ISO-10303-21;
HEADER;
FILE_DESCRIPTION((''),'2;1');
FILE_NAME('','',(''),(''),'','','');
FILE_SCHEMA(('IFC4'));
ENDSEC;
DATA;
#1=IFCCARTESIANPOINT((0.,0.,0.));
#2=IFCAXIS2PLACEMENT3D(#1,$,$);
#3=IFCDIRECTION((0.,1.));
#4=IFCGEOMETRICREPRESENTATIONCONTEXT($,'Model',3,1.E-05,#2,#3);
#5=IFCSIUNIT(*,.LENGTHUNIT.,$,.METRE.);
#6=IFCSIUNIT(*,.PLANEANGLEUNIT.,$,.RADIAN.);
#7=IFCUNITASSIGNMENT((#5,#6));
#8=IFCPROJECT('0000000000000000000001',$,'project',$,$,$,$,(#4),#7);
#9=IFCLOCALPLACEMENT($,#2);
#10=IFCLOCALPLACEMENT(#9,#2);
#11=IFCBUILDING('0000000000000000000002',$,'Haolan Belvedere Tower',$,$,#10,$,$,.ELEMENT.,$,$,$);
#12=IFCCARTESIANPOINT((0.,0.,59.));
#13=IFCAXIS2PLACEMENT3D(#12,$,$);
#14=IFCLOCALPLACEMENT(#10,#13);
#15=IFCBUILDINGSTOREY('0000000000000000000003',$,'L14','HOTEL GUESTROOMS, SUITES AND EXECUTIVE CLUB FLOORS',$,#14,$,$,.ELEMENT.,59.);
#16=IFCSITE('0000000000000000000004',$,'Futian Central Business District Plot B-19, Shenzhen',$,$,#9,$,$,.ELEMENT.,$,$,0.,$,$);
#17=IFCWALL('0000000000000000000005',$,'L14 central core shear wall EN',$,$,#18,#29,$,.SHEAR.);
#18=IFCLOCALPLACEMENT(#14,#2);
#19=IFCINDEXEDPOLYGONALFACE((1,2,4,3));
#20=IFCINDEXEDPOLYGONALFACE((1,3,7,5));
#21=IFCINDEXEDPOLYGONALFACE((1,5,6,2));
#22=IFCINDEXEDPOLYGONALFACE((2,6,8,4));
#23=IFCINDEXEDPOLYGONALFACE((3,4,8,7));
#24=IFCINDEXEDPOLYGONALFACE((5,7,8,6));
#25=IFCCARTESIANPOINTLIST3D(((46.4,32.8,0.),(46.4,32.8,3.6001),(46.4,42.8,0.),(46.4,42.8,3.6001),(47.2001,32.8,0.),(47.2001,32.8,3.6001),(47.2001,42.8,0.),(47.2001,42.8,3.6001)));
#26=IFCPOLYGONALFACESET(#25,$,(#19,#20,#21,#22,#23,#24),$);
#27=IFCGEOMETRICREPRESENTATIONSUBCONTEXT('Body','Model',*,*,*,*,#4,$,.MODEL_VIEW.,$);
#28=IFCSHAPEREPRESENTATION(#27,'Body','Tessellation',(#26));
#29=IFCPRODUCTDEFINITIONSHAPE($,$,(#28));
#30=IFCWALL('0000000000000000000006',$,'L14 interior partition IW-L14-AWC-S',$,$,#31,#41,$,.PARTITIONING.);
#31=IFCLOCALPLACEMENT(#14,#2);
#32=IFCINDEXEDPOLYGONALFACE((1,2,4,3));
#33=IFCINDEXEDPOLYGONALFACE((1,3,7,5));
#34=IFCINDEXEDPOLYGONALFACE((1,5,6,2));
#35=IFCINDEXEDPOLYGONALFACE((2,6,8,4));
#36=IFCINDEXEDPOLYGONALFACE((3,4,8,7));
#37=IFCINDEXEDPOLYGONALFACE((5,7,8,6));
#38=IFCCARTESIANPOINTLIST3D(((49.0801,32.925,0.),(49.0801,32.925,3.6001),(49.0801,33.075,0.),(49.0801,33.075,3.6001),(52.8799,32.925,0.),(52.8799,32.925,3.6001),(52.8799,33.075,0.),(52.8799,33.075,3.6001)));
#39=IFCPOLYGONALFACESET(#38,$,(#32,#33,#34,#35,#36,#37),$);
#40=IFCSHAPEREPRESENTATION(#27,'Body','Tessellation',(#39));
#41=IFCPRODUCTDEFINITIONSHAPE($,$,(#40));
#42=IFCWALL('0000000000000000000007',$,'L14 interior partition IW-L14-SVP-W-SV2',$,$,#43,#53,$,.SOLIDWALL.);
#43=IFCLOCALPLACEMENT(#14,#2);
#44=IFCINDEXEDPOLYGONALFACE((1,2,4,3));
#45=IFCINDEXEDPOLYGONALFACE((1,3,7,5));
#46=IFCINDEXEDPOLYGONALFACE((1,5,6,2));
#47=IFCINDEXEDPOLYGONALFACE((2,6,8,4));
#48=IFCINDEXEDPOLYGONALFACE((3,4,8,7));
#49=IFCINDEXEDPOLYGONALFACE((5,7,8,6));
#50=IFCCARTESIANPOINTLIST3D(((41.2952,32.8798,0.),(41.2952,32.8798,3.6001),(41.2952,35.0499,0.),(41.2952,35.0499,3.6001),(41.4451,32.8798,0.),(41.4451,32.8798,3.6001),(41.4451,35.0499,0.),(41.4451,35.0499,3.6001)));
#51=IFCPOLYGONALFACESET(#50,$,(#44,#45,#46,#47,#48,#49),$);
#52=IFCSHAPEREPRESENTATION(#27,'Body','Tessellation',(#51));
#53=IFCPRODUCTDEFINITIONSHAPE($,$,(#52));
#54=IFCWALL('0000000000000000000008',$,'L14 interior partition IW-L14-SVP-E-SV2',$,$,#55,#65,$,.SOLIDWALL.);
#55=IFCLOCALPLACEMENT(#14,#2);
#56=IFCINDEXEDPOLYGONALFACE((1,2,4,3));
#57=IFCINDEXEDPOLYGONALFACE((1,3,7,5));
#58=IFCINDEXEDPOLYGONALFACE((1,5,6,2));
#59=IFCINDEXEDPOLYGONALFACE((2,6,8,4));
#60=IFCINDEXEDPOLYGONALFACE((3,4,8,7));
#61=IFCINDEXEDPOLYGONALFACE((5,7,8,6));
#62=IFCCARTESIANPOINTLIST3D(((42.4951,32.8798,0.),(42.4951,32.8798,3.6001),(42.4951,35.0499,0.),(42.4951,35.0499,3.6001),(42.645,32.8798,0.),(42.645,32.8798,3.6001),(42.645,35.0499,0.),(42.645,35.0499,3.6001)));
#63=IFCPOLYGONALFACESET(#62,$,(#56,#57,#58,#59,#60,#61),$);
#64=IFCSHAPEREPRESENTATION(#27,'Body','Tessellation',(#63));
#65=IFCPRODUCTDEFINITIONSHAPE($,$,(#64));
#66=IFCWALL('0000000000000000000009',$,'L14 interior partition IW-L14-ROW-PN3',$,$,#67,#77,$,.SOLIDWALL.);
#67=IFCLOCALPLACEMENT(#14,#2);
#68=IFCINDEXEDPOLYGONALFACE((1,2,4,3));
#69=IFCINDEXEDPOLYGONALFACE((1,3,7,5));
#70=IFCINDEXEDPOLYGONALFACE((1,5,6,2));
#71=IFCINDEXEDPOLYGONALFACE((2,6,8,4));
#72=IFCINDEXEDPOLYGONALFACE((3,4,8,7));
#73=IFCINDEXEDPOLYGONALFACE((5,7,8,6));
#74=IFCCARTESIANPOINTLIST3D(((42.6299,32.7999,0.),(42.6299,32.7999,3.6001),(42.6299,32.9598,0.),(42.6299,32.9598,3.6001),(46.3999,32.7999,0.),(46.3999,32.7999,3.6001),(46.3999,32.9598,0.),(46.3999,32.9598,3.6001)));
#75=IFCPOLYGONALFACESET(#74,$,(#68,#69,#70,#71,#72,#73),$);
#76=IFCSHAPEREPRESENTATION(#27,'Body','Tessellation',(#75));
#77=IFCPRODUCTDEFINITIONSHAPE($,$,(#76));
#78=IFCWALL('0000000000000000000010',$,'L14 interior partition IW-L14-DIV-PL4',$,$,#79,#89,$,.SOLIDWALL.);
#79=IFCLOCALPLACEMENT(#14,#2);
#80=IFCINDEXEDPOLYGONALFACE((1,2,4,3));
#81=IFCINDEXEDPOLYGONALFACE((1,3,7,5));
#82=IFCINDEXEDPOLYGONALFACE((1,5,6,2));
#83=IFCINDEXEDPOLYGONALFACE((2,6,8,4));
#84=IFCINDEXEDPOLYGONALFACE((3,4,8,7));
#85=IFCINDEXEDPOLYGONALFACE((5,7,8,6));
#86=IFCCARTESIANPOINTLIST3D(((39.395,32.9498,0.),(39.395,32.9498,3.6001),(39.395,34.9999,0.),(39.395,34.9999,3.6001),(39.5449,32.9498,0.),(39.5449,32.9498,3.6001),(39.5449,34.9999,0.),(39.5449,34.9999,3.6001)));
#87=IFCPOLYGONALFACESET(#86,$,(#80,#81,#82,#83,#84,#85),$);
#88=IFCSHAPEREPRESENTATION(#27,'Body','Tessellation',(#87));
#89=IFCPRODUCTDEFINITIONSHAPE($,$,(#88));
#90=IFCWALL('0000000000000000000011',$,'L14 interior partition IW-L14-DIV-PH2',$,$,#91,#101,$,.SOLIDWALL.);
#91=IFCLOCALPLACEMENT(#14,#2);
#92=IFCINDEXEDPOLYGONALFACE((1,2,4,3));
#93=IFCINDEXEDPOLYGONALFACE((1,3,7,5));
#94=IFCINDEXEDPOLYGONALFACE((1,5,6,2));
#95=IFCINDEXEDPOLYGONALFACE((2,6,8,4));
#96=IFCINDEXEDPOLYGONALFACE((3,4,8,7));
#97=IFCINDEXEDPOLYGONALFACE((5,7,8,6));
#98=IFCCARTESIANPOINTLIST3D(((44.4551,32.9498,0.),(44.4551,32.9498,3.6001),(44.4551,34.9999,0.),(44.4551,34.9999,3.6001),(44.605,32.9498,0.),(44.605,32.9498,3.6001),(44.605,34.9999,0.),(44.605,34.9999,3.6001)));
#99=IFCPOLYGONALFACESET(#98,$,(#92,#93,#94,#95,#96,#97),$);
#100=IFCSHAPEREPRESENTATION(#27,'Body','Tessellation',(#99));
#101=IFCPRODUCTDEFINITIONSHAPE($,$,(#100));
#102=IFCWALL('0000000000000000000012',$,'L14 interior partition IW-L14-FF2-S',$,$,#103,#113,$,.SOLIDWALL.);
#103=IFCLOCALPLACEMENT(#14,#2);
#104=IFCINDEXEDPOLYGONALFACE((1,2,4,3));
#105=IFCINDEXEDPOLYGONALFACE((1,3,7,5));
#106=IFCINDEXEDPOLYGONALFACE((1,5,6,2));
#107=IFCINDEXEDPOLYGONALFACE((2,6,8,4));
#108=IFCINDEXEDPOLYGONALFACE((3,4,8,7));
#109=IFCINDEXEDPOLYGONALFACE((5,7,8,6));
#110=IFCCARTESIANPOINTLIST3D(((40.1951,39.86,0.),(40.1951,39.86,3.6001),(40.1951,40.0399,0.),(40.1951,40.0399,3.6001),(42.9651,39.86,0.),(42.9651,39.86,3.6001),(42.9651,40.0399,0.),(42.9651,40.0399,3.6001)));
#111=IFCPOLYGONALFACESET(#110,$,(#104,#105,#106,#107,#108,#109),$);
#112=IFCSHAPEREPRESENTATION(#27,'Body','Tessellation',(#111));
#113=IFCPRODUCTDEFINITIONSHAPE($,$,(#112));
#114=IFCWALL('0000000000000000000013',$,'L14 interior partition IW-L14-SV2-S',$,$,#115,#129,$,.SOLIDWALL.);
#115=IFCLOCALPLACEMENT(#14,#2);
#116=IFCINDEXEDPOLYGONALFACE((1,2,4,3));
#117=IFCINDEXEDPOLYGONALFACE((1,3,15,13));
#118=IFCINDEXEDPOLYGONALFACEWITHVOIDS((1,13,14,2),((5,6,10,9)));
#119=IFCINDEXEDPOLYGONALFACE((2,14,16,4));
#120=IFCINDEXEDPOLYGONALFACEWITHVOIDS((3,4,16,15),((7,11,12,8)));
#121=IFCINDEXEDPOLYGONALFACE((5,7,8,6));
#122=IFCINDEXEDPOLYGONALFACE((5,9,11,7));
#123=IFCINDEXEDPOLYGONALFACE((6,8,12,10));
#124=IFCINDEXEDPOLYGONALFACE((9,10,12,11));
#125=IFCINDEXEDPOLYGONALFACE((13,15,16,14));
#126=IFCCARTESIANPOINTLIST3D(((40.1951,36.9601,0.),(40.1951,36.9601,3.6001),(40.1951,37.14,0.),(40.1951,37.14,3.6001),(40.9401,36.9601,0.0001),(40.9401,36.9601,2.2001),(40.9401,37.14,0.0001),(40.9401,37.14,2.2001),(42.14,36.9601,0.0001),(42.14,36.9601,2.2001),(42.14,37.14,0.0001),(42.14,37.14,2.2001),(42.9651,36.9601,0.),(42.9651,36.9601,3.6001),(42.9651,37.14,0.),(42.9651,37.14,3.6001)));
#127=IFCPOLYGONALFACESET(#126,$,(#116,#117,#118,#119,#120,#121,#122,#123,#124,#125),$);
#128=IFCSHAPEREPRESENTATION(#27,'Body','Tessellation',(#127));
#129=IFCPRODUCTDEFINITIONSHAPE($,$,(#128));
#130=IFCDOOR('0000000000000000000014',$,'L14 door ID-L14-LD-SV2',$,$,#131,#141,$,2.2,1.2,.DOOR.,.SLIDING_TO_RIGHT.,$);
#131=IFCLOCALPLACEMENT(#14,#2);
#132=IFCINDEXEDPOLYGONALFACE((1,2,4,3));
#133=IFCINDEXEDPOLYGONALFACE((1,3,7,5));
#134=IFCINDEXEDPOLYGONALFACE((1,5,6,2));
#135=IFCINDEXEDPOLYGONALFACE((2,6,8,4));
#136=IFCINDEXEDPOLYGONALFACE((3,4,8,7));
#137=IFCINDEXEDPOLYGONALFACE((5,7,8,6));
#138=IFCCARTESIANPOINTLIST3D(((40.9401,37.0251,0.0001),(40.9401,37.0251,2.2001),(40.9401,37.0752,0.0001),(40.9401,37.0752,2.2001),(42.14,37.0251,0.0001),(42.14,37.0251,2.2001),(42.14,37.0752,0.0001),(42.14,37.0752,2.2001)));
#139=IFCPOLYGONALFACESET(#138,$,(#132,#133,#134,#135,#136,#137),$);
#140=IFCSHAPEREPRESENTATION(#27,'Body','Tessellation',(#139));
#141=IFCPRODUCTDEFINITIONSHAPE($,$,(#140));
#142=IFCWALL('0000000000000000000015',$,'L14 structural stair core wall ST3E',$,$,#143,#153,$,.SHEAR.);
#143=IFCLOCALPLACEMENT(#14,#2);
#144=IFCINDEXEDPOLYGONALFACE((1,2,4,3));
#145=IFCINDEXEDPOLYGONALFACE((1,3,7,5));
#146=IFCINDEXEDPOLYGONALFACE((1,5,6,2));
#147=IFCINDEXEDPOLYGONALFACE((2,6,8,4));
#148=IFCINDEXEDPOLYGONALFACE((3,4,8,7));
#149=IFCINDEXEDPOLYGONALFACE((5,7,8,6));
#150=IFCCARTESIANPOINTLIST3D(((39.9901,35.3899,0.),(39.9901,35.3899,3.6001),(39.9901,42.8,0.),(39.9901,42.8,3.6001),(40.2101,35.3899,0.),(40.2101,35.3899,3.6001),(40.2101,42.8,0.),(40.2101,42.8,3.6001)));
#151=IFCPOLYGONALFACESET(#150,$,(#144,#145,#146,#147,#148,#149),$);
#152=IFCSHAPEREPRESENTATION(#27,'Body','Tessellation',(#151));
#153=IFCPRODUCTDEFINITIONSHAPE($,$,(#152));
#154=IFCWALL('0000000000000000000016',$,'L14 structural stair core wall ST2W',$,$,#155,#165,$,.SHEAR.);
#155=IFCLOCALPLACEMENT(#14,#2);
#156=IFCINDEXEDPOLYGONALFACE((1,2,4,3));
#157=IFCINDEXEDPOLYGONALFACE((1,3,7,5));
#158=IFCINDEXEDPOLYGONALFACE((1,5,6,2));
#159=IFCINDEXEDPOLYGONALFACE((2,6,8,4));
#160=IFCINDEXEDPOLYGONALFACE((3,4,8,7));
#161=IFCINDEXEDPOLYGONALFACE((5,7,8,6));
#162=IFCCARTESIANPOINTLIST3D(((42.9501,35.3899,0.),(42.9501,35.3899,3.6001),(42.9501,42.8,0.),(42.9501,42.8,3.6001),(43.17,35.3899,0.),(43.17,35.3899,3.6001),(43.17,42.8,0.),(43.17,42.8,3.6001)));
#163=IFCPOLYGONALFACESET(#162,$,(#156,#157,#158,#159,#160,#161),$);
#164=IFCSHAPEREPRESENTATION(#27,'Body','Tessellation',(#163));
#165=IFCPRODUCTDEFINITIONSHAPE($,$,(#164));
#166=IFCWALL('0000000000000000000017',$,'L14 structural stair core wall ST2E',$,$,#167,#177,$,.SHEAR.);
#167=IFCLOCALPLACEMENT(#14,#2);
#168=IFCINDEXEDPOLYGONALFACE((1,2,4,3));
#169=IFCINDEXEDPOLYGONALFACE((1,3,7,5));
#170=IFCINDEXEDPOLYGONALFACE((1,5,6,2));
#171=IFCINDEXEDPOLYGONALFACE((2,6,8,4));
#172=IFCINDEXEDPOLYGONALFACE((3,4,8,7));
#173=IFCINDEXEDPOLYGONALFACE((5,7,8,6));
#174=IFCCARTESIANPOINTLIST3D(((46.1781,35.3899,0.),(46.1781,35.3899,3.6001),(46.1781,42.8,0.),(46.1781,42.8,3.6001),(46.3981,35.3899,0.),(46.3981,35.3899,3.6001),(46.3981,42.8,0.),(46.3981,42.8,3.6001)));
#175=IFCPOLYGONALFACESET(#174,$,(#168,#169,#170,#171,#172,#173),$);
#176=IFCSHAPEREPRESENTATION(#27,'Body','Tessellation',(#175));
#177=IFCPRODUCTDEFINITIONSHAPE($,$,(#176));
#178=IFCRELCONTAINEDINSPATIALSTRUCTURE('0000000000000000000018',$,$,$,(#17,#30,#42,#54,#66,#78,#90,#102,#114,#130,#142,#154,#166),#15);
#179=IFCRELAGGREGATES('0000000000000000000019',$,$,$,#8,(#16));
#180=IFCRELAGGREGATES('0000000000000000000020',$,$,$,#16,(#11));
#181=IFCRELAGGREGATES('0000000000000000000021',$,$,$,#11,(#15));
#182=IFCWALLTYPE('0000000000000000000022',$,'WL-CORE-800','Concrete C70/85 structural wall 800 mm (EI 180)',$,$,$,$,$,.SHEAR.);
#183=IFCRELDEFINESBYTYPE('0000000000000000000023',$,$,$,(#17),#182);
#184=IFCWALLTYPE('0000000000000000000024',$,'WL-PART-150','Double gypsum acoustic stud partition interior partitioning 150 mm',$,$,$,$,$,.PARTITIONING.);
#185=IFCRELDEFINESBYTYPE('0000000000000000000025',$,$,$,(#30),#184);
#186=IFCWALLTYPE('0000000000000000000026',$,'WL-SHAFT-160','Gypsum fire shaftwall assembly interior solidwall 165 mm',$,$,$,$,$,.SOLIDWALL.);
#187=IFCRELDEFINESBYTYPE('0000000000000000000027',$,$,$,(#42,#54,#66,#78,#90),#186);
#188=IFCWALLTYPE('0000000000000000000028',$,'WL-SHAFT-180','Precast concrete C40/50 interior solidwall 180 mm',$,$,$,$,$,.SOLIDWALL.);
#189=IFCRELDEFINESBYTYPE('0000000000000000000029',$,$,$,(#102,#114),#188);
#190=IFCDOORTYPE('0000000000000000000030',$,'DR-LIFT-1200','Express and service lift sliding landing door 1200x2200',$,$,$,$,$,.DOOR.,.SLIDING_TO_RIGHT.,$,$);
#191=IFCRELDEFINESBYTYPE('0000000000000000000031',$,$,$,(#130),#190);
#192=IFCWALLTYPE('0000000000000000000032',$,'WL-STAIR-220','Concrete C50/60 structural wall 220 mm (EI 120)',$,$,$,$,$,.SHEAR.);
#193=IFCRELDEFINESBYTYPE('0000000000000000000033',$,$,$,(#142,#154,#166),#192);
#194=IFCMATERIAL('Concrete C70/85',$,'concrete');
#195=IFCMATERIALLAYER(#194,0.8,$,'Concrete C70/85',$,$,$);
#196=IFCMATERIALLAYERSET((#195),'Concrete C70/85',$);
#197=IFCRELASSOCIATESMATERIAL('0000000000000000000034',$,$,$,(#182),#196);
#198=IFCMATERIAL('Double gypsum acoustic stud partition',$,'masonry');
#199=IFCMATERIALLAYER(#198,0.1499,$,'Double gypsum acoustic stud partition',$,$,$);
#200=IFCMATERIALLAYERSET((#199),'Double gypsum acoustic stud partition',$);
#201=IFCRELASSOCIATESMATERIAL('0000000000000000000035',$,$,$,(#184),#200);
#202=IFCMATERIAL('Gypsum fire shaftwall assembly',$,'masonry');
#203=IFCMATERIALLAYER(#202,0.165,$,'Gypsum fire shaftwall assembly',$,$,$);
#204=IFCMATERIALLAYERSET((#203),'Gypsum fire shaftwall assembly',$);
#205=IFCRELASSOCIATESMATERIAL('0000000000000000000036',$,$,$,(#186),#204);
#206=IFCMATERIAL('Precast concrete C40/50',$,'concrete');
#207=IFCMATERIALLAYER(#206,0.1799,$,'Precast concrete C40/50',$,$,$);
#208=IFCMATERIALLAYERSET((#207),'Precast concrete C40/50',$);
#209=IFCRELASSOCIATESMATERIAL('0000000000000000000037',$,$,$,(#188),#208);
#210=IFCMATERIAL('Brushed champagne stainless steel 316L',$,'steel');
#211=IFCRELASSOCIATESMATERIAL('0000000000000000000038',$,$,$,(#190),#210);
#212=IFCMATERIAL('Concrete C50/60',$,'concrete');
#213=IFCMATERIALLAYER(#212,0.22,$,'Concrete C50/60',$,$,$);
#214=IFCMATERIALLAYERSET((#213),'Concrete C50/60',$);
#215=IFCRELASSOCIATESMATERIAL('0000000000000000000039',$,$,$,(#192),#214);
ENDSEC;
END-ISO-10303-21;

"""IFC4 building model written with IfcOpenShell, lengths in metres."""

from ifc_helpers import new_model, si_unit, direction, frame, frame_2d, origin, place, context, subcontext, project, spatial, rectangle, extrude, material, layer, layer_set, type_object, element, fill, save


model = new_model("IFC4")

# Units and contexts
model_context = context("Model", 3, precision=1e-05, world=origin(), true_north=direction((0.0, 1.0)))
body_context = subcontext(model_context, "Body", "Model", "MODEL_VIEW")
ifc_project = project(units=[si_unit("LENGTHUNIT", "METRE"), si_unit("PLANEANGLEUNIT", "RADIAN")], contexts=[model_context])

# Site, building, storey
site_placement = place(None, origin())
site = spatial("IfcSite", under=ifc_project, at=site_placement, Name="Futian Central Business District Plot B-19, Shenzhen", CompositionType="ELEMENT", RefElevation=0.0)
building_placement = place(site_placement, origin())
building = spatial("IfcBuilding", under=site, at=building_placement, Name="Haolan Belvedere Tower", CompositionType="ELEMENT")
storey_placement = place(building_placement, frame((0.0, 0.0, 59.0)))
storey = spatial("IfcBuildingStorey", under=building, at=storey_placement, Name="L14", Description="HOTEL GUESTROOMS, SUITES AND EXECUTIVE CLUB FLOORS", CompositionType="ELEMENT", Elevation=59.0)

# Walls
ifc_material_1 = material(Name="Concrete C70/85", Category="concrete")
ifc_layer_1 = layer(ifc_material_1, 0.8, Name="Concrete C70/85")
ifc_layer_set_1 = layer_set([ifc_layer_1], Name="Concrete C70/85")
wall_type_1 = type_object("IfcWallType", Name="WL-CORE-800", Description="Concrete C70/85 structural wall 800 mm (EI 180)", PredefinedType="SHEAR", material=ifc_layer_set_1)
wall_1_placement = place(storey_placement, frame((46.8, 32.8, 0.0), z_axis=(0.0, 0.0, 1.0), x_axis=(0.0, 1.0, 0.0)))
element("IfcWall", 1, at=wall_1_placement, inside=storey, type_object=wall_type_1, Name="L14 central core shear wall EN", PredefinedType="SHEAR", context=body_context, shape_type="SweptSolid", body=[
    extrude(rectangle(XDim=10.0, YDim=0.8, at=frame_2d((5.0, 0.0))), origin(), (0.0, 0.0, 1.0), 3.6001),
])
ifc_material_2 = material(Name="Double gypsum acoustic stud partition", Category="masonry")
ifc_layer_2 = layer(ifc_material_2, 0.1499, Name="Double gypsum acoustic stud partition")
ifc_layer_set_2 = layer_set([ifc_layer_2], Name="Double gypsum acoustic stud partition")
wall_type_2 = type_object("IfcWallType", Name="WL-PART-150", Description="Double gypsum acoustic stud partition interior partitioning 150 mm", PredefinedType="PARTITIONING", material=ifc_layer_set_2)
wall_2_placement = place(storey_placement, frame((49.0801, 33.0, 0.0), z_axis=(0.0, 0.0, 1.0), x_axis=(1.0, 0.0, 0.0)))
element("IfcWall", 2, at=wall_2_placement, inside=storey, type_object=wall_type_2, Name="L14 interior partition IW-L14-AWC-S", PredefinedType="PARTITIONING", context=body_context, shape_type="SweptSolid", body=[
    extrude(rectangle(XDim=3.7998, YDim=0.1499, at=frame_2d((1.8999, 0.0))), origin(), (0.0, 0.0, 1.0), 3.6001),
])
ifc_material_3 = material(Name="Gypsum fire shaftwall assembly", Category="masonry")
ifc_layer_3 = layer(ifc_material_3, 0.165, Name="Gypsum fire shaftwall assembly")
ifc_layer_set_3 = layer_set([ifc_layer_3], Name="Gypsum fire shaftwall assembly")
wall_type_3 = type_object("IfcWallType", Name="WL-SHAFT-160", Description="Gypsum fire shaftwall assembly interior solidwall 165 mm", PredefinedType="SOLIDWALL", material=ifc_layer_set_3)
for number, where, z_axis, x_axis, name in (
    (3, (41.3701, 32.8799, 0.0), (0.0, 0.0, 1.0), (0.0, 1.0, 0.0), "L14 interior partition IW-L14-SVP-W-SV2"),
    (4, (42.5701, 32.8799, 0.0), (0.0, 0.0, 1.0), (0.0, 1.0, 0.0), "L14 interior partition IW-L14-SVP-E-SV2"),
):
    element("IfcWall", number, at=place(storey_placement, frame(where, z_axis=z_axis, x_axis=x_axis)), inside=storey, type_object=wall_type_3, Name=name, PredefinedType="SOLIDWALL", context=body_context, shape_type="SweptSolid", body=[
        extrude(rectangle(XDim=2.1702, YDim=0.1499, at=frame_2d((1.085, 0.0))), origin(), (0.0, 0.0, 1.0), 3.6001),
    ])
wall_3_placement = place(storey_placement, frame((42.6299, 32.8799, 0.0), z_axis=(0.0, 0.0, 1.0), x_axis=(1.0, 0.0, 0.0)))
element("IfcWall", 5, at=wall_3_placement, inside=storey, type_object=wall_type_3, Name="L14 interior partition IW-L14-ROW-PN3", PredefinedType="SOLIDWALL", context=body_context, shape_type="SweptSolid", body=[
    extrude(rectangle(XDim=3.77, YDim=0.1599, at=frame_2d((1.885, 0.0))), origin(), (0.0, 0.0, 1.0), 3.6001),
])
for number, where, z_axis, x_axis, name in (
    (6, (39.47, 32.95, 0.0), (0.0, 0.0, 1.0), (0.0, 1.0, 0.0), "L14 interior partition IW-L14-DIV-PL4"),
    (7, (44.53, 32.95, 0.0), (0.0, 0.0, 1.0), (0.0, 1.0, 0.0), "L14 interior partition IW-L14-DIV-PH2"),
):
    element("IfcWall", number, at=place(storey_placement, frame(where, z_axis=z_axis, x_axis=x_axis)), inside=storey, type_object=wall_type_3, Name=name, PredefinedType="SOLIDWALL", context=body_context, shape_type="SweptSolid", body=[
        extrude(rectangle(XDim=2.05, YDim=0.1499, at=frame_2d((1.0249, 0.0))), origin(), (0.0, 0.0, 1.0), 3.6001),
    ])
ifc_material_4 = material(Name="Precast concrete C40/50", Category="concrete")
ifc_layer_4 = layer(ifc_material_4, 0.1799, Name="Precast concrete C40/50")
ifc_layer_set_4 = layer_set([ifc_layer_4], Name="Precast concrete C40/50")
wall_type_4 = type_object("IfcWallType", Name="WL-SHAFT-180", Description="Precast concrete C40/50 interior solidwall 180 mm", PredefinedType="SOLIDWALL", material=ifc_layer_set_4)
wall_4_placement = place(storey_placement, frame((40.1951, 39.95, 0.0), z_axis=(0.0, 0.0, 1.0), x_axis=(1.0, 0.0, 0.0)))
element("IfcWall", 8, at=wall_4_placement, inside=storey, type_object=wall_type_4, Name="L14 interior partition IW-L14-FF2-S", PredefinedType="SOLIDWALL", context=body_context, shape_type="SweptSolid", body=[
    extrude(rectangle(XDim=2.77, YDim=0.1799, at=frame_2d((1.385, 0.0))), origin(), (0.0, 0.0, 1.0), 3.6001),
])

# Wall, opening, door
wall_5_placement = place(storey_placement, frame((40.1951, 37.05, 0.0), z_axis=(0.0, 0.0, 1.0), x_axis=(1.0, 0.0, 0.0)))
wall_5 = element("IfcWall", 9, at=wall_5_placement, inside=storey, type_object=wall_type_4, Name="L14 interior partition IW-L14-SV2-S", PredefinedType="SOLIDWALL", context=body_context, shape_type="SweptSolid", body=[
    extrude(rectangle(XDim=2.77, YDim=0.1799, at=frame_2d((1.385, 0.0))), origin(), (0.0, 0.0, 1.0), 3.6001),
])
opening_placement = place(wall_5_placement, frame((1.9451, 0.0, 0.0), z_axis=(0.0, 0.0, 1.0), x_axis=(-1.0, 0.0, 0.0)))
opening = element("IfcOpeningElement", 10, at=opening_placement, cuts=wall_5, PredefinedType="OPENING", context=body_context, shape_type="SweptSolid", body=[
    extrude(rectangle(XDim=1.2, YDim=2.2, at=frame_2d((0.6001, 1.1001))), frame((0.0, 0.0999, 0.0), z_axis=(0.0, -1.0, 0.0), x_axis=(1.0, 0.0, 0.0)), (0.0, 0.0, 1.0), 0.2),
])
ifc_material_5 = material(Name="Brushed champagne stainless steel 316L", Category="steel")
door_type = type_object("IfcDoorType", Name="DR-LIFT-1200", Description="Express and service lift sliding landing door 1200x2200", OperationType="SLIDING_TO_RIGHT", PredefinedType="DOOR", material=ifc_material_5)
door_placement = place(opening_placement, origin())
door = element("IfcDoor", 11, at=door_placement, inside=storey, type_object=door_type, Name="L14 door ID-L14-LD-SV2", OperationType="SLIDING_TO_RIGHT", OverallHeight=2.2, OverallWidth=1.2, PredefinedType="DOOR", context=body_context, shape_type="SweptSolid", body=[
    extrude(rectangle(XDim=1.2, YDim=2.2, at=frame_2d((0.6001, 1.1001))), frame((0.0, 0.0249, 0.0), z_axis=(0.0, -1.0, 0.0), x_axis=(1.0, 0.0, 0.0)), (0.0, 0.0, 1.0), 0.05),
])
fill(opening, door)

# Walls
ifc_material_6 = material(Name="Concrete C50/60", Category="concrete")
ifc_layer_5 = layer(ifc_material_6, 0.22, Name="Concrete C50/60")
ifc_layer_set_5 = layer_set([ifc_layer_5], Name="Concrete C50/60")
wall_type_5 = type_object("IfcWallType", Name="WL-STAIR-220", Description="Concrete C50/60 structural wall 220 mm (EI 120)", PredefinedType="SHEAR", material=ifc_layer_set_5)
for number, where, z_axis, x_axis, name in (
    (12, (40.1001, 35.3899, 0.0), (0.0, 0.0, 1.0), (0.0, 1.0, 0.0), "L14 structural stair core wall ST3E"),
    (13, (43.0601, 35.3899, 0.0), (0.0, 0.0, 1.0), (0.0, 1.0, 0.0), "L14 structural stair core wall ST2W"),
    (14, (46.2881, 35.3899, 0.0), (0.0, 0.0, 1.0), (0.0, 1.0, 0.0), "L14 structural stair core wall ST2E"),
):
    element("IfcWall", number, at=place(storey_placement, frame(where, z_axis=z_axis, x_axis=x_axis)), inside=storey, type_object=wall_type_5, Name=name, PredefinedType="SHEAR", context=body_context, shape_type="SweptSolid", body=[
        extrude(rectangle(XDim=7.4102, YDim=0.22, at=frame_2d((3.7051, 0.0))), origin(), (0.0, 0.0, 1.0), 3.6001),
    ])

save(model, "model.ifc")
